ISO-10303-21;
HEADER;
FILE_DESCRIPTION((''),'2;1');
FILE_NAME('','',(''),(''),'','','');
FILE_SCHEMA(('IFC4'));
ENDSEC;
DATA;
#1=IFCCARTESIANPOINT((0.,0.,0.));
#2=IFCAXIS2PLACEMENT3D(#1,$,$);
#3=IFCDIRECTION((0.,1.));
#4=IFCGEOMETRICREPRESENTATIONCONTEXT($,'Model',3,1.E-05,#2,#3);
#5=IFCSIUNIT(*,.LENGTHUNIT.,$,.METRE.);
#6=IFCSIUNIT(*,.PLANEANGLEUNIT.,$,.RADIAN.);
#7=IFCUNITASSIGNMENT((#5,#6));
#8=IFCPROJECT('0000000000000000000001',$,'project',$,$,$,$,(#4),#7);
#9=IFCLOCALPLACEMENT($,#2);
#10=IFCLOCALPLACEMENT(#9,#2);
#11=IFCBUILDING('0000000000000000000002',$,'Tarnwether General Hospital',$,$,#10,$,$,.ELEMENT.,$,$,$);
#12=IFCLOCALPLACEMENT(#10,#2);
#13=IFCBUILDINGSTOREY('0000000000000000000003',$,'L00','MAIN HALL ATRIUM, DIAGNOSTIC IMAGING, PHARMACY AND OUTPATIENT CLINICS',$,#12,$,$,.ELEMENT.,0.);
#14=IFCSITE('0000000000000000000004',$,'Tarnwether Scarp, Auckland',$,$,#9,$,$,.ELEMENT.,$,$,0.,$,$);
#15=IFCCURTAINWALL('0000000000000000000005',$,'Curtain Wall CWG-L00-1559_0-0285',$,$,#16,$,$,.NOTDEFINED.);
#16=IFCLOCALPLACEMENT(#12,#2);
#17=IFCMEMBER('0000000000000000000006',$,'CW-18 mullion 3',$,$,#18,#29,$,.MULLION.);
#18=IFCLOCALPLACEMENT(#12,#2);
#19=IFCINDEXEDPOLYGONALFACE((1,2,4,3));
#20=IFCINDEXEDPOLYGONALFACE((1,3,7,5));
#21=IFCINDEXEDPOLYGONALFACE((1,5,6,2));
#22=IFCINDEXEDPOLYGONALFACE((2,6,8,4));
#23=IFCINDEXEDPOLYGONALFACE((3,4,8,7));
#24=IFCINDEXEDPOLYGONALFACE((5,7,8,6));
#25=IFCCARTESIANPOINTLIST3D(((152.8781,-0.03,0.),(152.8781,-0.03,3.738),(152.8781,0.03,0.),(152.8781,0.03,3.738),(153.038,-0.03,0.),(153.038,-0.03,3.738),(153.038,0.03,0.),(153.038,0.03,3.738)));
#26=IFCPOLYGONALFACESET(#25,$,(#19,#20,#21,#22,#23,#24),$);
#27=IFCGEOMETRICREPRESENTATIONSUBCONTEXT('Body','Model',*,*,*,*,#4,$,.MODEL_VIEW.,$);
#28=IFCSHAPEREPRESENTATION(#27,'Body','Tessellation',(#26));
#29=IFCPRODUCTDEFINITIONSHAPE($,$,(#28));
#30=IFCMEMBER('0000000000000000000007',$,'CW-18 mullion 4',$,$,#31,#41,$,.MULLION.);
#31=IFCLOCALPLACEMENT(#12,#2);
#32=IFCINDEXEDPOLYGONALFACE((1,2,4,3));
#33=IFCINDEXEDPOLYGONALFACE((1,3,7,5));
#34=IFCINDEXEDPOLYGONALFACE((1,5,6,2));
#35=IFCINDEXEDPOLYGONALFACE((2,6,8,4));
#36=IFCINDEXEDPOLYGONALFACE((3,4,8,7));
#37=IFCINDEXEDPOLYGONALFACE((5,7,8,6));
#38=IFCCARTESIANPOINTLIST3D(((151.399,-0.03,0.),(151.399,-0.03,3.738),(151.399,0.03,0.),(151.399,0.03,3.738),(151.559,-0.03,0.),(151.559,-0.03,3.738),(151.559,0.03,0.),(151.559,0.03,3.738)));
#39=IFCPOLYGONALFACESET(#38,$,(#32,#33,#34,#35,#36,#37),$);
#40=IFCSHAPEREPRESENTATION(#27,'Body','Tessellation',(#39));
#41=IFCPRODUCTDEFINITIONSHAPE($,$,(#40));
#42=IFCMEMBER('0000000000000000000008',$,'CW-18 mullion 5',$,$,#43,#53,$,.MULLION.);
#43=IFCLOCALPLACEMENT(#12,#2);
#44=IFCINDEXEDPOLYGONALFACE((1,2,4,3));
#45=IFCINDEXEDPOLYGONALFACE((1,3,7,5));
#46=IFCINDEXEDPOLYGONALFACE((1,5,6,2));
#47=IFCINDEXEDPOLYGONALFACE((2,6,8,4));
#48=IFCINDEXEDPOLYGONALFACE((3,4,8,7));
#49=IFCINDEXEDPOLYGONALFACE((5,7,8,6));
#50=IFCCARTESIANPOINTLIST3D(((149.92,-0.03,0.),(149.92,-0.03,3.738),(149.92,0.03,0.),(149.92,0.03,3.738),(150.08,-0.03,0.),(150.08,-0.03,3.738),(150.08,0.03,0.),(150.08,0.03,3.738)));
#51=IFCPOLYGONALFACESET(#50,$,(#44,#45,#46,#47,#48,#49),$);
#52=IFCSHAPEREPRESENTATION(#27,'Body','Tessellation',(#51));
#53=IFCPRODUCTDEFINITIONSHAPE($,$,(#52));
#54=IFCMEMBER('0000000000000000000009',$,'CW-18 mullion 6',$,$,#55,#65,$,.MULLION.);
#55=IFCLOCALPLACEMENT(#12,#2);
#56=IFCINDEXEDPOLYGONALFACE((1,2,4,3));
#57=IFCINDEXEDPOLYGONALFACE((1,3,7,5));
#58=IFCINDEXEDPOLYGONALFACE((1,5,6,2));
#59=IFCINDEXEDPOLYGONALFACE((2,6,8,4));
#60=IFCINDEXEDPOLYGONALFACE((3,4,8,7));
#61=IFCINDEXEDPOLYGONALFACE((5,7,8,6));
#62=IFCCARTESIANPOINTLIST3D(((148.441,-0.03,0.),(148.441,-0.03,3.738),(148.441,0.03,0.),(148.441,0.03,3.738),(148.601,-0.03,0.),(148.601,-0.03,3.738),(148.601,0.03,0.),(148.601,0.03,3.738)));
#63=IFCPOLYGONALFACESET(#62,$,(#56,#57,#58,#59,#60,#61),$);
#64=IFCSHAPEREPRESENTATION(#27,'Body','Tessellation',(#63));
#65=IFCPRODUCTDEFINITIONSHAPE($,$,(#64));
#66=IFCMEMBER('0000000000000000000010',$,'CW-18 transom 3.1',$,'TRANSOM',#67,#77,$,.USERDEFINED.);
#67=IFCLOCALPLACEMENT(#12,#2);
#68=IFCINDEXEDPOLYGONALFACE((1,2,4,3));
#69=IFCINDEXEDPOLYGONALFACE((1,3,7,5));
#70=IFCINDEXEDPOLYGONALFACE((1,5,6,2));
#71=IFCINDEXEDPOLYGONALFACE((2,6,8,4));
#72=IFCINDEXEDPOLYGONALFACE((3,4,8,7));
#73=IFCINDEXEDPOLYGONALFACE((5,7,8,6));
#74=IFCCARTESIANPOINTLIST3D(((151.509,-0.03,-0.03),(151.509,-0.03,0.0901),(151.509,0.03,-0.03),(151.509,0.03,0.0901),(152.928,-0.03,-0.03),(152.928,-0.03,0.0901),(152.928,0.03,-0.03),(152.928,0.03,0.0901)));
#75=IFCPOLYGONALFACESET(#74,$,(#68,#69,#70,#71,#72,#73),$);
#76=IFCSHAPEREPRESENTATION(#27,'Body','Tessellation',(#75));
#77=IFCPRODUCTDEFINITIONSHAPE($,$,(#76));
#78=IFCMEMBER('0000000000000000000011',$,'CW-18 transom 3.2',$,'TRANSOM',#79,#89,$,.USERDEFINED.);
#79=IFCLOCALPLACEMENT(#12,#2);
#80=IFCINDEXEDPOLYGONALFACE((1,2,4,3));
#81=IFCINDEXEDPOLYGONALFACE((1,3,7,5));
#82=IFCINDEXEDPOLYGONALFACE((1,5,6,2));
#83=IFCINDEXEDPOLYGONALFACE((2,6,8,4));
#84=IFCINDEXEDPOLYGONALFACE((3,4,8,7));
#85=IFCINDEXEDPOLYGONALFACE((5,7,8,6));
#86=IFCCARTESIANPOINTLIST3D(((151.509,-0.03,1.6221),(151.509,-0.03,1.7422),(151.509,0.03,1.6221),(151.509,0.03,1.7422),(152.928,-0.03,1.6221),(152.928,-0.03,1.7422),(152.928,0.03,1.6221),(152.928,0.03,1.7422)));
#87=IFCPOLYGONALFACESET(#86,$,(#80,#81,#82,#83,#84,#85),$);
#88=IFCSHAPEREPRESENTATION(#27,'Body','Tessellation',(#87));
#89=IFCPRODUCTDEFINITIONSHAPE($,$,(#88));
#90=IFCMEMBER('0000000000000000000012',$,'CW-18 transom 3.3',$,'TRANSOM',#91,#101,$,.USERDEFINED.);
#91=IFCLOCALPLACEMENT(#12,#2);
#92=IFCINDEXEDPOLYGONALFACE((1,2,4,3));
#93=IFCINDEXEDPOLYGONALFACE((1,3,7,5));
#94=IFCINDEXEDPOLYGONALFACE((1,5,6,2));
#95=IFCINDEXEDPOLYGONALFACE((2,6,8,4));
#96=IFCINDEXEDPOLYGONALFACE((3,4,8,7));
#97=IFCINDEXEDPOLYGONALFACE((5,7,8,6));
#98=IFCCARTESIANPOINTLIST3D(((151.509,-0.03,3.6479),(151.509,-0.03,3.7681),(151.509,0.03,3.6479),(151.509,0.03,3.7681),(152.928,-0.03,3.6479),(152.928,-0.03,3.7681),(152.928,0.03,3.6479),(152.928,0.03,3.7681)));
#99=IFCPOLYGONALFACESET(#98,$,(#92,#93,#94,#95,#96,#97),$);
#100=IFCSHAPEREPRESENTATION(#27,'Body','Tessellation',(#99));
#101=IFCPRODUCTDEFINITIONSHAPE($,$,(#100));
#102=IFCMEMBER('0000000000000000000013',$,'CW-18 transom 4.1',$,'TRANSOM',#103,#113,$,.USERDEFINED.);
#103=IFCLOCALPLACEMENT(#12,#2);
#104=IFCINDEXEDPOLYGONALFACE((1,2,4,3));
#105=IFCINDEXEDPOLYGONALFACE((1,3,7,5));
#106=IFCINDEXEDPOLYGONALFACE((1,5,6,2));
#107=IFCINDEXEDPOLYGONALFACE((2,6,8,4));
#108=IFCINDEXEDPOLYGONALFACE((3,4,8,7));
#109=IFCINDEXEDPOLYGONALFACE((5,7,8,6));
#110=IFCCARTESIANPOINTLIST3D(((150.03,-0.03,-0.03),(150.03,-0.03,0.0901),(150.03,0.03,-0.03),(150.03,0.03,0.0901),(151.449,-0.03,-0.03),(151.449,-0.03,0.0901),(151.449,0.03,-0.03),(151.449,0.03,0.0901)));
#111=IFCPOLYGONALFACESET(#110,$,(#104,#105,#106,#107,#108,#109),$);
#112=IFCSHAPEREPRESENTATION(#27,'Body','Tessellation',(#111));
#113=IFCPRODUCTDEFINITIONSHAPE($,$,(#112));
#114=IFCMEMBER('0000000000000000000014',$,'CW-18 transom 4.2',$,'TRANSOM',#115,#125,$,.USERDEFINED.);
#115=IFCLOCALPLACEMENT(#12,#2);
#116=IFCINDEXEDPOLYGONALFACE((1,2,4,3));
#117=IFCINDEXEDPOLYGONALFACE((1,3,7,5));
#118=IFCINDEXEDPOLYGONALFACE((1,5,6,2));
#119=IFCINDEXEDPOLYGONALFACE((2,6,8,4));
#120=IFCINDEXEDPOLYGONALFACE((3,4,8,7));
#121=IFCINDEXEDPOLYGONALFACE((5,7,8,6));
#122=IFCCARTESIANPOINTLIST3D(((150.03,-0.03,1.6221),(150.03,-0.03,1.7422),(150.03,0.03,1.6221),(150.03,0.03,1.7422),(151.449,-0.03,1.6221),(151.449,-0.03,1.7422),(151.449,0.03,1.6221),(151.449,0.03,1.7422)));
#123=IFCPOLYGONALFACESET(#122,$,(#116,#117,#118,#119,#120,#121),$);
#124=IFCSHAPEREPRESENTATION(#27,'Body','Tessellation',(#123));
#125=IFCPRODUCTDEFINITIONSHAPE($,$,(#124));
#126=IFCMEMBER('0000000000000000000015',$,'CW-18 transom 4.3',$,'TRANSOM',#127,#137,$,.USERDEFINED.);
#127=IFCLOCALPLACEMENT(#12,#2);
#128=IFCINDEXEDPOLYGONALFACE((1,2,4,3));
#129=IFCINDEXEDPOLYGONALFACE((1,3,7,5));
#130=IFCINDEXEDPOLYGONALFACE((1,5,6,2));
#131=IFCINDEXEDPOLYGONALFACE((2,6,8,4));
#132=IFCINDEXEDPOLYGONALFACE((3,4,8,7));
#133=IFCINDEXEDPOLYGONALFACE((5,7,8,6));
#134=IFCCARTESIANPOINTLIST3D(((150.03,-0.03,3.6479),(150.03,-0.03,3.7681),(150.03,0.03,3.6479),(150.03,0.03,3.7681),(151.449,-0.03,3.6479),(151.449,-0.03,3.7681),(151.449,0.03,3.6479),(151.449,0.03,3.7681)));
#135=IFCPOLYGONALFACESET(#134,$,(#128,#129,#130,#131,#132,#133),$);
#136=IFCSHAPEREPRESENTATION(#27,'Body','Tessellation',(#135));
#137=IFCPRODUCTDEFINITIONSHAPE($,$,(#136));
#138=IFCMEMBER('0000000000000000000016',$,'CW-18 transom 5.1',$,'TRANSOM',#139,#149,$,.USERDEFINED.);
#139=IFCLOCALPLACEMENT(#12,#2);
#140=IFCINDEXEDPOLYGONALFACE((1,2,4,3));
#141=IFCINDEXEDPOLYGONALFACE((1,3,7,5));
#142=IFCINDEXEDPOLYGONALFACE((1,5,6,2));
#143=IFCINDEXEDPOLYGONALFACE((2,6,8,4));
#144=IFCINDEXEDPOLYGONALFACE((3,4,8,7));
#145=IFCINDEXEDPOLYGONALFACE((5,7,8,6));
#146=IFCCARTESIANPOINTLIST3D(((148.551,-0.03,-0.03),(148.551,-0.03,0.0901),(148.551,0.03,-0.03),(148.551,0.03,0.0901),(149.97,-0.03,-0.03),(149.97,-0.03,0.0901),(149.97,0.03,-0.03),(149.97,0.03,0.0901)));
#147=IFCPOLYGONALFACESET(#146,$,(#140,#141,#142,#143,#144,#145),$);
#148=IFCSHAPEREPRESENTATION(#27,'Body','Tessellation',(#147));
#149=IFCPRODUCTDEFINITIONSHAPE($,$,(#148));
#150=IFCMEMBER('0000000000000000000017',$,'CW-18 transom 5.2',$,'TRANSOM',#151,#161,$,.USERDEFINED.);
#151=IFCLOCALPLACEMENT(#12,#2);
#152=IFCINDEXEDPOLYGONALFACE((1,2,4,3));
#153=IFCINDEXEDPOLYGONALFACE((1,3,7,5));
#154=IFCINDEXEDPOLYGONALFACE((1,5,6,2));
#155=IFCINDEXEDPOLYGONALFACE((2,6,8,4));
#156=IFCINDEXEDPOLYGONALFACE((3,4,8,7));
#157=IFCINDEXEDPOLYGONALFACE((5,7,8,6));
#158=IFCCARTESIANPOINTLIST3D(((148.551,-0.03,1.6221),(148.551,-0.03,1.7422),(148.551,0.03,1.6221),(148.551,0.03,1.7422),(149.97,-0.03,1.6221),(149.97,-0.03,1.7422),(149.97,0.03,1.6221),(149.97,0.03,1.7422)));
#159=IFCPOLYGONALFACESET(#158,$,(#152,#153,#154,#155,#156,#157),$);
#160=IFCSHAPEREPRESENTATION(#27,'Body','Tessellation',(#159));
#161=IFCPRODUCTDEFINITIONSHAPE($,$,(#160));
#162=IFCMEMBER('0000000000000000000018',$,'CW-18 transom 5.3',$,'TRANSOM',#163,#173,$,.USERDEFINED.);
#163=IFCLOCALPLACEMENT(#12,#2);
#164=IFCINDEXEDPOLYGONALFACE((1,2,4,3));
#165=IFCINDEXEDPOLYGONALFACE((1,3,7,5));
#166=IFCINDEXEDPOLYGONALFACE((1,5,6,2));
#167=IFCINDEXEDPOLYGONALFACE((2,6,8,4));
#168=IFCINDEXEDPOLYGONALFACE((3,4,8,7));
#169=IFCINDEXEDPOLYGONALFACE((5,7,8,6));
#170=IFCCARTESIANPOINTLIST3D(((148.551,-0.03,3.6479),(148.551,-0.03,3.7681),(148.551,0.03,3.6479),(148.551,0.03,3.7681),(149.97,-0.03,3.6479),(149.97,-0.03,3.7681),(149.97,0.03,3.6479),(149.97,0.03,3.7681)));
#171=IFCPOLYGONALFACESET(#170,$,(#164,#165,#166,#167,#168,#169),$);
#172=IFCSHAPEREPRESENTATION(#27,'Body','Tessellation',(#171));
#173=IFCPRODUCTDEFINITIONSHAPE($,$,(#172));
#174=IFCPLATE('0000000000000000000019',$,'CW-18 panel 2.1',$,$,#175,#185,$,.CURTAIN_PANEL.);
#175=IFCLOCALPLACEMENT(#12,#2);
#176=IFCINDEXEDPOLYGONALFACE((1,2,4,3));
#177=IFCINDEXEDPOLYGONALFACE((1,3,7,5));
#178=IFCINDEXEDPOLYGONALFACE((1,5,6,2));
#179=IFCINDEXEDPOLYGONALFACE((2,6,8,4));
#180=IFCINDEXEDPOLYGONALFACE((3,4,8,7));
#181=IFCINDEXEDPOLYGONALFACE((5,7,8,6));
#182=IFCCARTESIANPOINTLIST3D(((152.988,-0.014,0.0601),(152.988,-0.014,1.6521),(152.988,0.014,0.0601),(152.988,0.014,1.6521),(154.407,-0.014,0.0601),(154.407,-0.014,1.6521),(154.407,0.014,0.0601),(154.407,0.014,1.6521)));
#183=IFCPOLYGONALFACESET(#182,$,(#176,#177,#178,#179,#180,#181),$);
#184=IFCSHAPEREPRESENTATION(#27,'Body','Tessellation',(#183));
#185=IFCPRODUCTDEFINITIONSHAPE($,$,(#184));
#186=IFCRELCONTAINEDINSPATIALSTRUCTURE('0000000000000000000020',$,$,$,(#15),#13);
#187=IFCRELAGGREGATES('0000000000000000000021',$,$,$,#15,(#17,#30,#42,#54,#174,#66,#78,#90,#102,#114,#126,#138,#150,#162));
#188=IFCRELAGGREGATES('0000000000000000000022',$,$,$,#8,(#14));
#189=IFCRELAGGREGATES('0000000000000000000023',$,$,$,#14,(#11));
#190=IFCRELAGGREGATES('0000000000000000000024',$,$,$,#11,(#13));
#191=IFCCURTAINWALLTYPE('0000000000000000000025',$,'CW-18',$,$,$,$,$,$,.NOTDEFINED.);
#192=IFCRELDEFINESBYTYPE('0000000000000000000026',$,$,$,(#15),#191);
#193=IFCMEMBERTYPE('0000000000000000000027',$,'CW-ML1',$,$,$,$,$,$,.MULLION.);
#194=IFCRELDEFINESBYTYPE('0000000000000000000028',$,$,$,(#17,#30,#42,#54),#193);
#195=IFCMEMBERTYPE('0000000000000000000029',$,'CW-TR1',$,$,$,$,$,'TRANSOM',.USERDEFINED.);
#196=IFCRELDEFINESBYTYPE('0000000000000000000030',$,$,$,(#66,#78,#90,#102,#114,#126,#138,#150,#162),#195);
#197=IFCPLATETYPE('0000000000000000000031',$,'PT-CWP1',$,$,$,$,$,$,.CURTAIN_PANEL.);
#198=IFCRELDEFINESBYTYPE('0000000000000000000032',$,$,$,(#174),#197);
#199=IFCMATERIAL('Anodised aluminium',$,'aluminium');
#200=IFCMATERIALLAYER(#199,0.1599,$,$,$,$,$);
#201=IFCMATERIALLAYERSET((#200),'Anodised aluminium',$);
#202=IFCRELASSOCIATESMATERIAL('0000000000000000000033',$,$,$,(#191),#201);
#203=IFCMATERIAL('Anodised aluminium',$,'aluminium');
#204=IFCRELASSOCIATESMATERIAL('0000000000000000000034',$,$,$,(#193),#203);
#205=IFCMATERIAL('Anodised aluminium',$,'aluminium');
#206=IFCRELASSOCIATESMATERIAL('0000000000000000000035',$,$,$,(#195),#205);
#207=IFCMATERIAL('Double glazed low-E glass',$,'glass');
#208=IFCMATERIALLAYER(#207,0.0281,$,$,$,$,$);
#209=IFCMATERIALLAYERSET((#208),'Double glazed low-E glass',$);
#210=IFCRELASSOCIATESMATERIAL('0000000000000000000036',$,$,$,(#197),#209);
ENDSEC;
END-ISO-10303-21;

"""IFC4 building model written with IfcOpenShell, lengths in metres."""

from ifc_helpers import new_model, si_unit, direction, frame, origin, origin_2d, place, context, subcontext, project, spatial, rectangle, extrude, material, layer, layer_set, material_profile, profile_set, type_object, element, aggregate, save


model = new_model("IFC4")

# Units and contexts
model_context = context("Model", 3, precision=1e-05, world=origin(), true_north=direction((0.0, 1.0)))
body_context = subcontext(model_context, "Body", "Model", "MODEL_VIEW")
ifc_project = project(units=[si_unit("LENGTHUNIT", "METRE"), si_unit("PLANEANGLEUNIT", "RADIAN")], contexts=[model_context])

# Site, building, storey
site_placement = place(None, origin())
site = spatial("IfcSite", under=ifc_project, at=site_placement, Name="Tarnwether Scarp, Auckland", CompositionType="ELEMENT", RefElevation=0.0)
building_placement = place(site_placement, origin())
building = spatial("IfcBuilding", under=site, at=building_placement, Name="Tarnwether General Hospital", CompositionType="ELEMENT")
storey_placement = place(building_placement, origin())
storey = spatial("IfcBuildingStorey", under=building, at=storey_placement, Name="L00", Description="MAIN HALL ATRIUM, DIAGNOSTIC IMAGING, PHARMACY AND OUTPATIENT CLINICS", CompositionType="ELEMENT", Elevation=0.0)

# Curtain wall, members, plate
ifc_material_1 = material(Name="Anodised aluminium", Category="aluminium")
ifc_layer_1 = layer(ifc_material_1, 0.1599)
ifc_layer_set_1 = layer_set([ifc_layer_1], Name="Anodised aluminium")
curtain_wall_type = type_object("IfcCurtainWallType", Name="CW-18", PredefinedType="NOTDEFINED", material=ifc_layer_set_1)
curtain_wall_placement = place(storey_placement, origin())
curtain_wall = element("IfcCurtainWall", 1, at=curtain_wall_placement, inside=storey, type_object=curtain_wall_type, Name="Curtain Wall CWG-L00-1559_0-0285", PredefinedType="NOTDEFINED")
ifc_material_2 = material(Name="Anodised aluminium", Category="aluminium")
ifc_material_profile_1 = material_profile(ifc_material_2, rectangle(XDim=0.0601, YDim=0.1599, at=origin_2d()), Name="ALU-MUL-60x160")
ifc_profile_set_1 = profile_set([ifc_material_profile_1], Name="Anodised aluminium")
member_type_1 = type_object("IfcMemberType", Name="CW-ML1", PredefinedType="MULLION", material=ifc_profile_set_1)
member_1_placement = place(storey_placement, frame((152.958, 0.0, 0.0), z_axis=(0.0, 0.0, 1.0), x_axis=(0.0, -1.0, 0.0)))
member_1 = element("IfcMember", 2, at=member_1_placement, type_object=member_type_1, Name="CW-18 mullion 3", PredefinedType="MULLION", context=body_context, shape_type="SweptSolid", body=[
    extrude(rectangle(XDim=0.0601, YDim=0.1599, at=origin_2d()), origin(), (0.0, 0.0, 1.0), 3.738),
])
member_2_placement = place(storey_placement, frame((151.479, 0.0, 0.0), z_axis=(0.0, 0.0, 1.0), x_axis=(0.0, -1.0, 0.0)))
member_2 = element("IfcMember", 3, at=member_2_placement, type_object=member_type_1, Name="CW-18 mullion 4", PredefinedType="MULLION", context=body_context, shape_type="SweptSolid", body=[
    extrude(rectangle(XDim=0.0601, YDim=0.1599, at=origin_2d()), origin(), (0.0, 0.0, 1.0), 3.738),
])
member_3_placement = place(storey_placement, frame((150.0, 0.0, 0.0), z_axis=(0.0, 0.0, 1.0), x_axis=(0.0, -1.0, 0.0)))
member_3 = element("IfcMember", 4, at=member_3_placement, type_object=member_type_1, Name="CW-18 mullion 5", PredefinedType="MULLION", context=body_context, shape_type="SweptSolid", body=[
    extrude(rectangle(XDim=0.0601, YDim=0.1599, at=origin_2d()), origin(), (0.0, 0.0, 1.0), 3.738),
])
member_4_placement = place(storey_placement, frame((148.521, 0.0, 0.0), z_axis=(0.0, 0.0, 1.0), x_axis=(0.0, -1.0, 0.0)))
member_4 = element("IfcMember", 5, at=member_4_placement, type_object=member_type_1, Name="CW-18 mullion 6", PredefinedType="MULLION", context=body_context, shape_type="SweptSolid", body=[
    extrude(rectangle(XDim=0.0601, YDim=0.1599, at=origin_2d()), origin(), (0.0, 0.0, 1.0), 3.738),
])
ifc_material_3 = material(Name="Anodised aluminium", Category="aluminium")
ifc_material_profile_2 = material_profile(ifc_material_3, rectangle(XDim=0.0601, YDim=0.1201, at=origin_2d()), Name="ALU-TRN-60x120")
ifc_profile_set_2 = profile_set([ifc_material_profile_2], Name="Anodised aluminium")
member_type_2 = type_object("IfcMemberType", Name="CW-TR1", ElementType="TRANSOM", PredefinedType="USERDEFINED", material=ifc_profile_set_2)
member_5_placement = place(storey_placement, frame((152.928, 0.0, 0.03), z_axis=(-1.0, 0.0, 0.0), x_axis=(0.0, -1.0, 0.0)))
member_5 = element("IfcMember", 6, at=member_5_placement, type_object=member_type_2, Name="CW-18 transom 3.1", ObjectType="TRANSOM", PredefinedType="USERDEFINED", context=body_context, shape_type="SweptSolid", body=[
    extrude(rectangle(XDim=0.0601, YDim=0.1201, at=origin_2d()), origin(), (0.0, 0.0, 1.0), 1.4189),
])
member_6_placement = place(storey_placement, frame((152.928, 0.0, 1.6821), z_axis=(-1.0, 0.0, 0.0), x_axis=(0.0, -1.0, 0.0)))
member_6 = element("IfcMember", 7, at=member_6_placement, type_object=member_type_2, Name="CW-18 transom 3.2", ObjectType="TRANSOM", PredefinedType="USERDEFINED", context=body_context, shape_type="SweptSolid", body=[
    extrude(rectangle(XDim=0.0601, YDim=0.1201, at=origin_2d()), origin(), (0.0, 0.0, 1.0), 1.4189),
])
member_7_placement = place(storey_placement, frame((152.928, 0.0, 3.708), z_axis=(-1.0, 0.0, 0.0), x_axis=(0.0, -1.0, 0.0)))
member_7 = element("IfcMember", 8, at=member_7_placement, type_object=member_type_2, Name="CW-18 transom 3.3", ObjectType="TRANSOM", PredefinedType="USERDEFINED", context=body_context, shape_type="SweptSolid", body=[
    extrude(rectangle(XDim=0.0601, YDim=0.1201, at=origin_2d()), origin(), (0.0, 0.0, 1.0), 1.4189),
])
member_8_placement = place(storey_placement, frame((151.449, 0.0, 0.03), z_axis=(-1.0, 0.0, 0.0), x_axis=(0.0, -1.0, 0.0)))
member_8 = element("IfcMember", 9, at=member_8_placement, type_object=member_type_2, Name="CW-18 transom 4.1", ObjectType="TRANSOM", PredefinedType="USERDEFINED", context=body_context, shape_type="SweptSolid", body=[
    extrude(rectangle(XDim=0.0601, YDim=0.1201, at=origin_2d()), origin(), (0.0, 0.0, 1.0), 1.4189),
])
member_9_placement = place(storey_placement, frame((151.449, 0.0, 1.6821), z_axis=(-1.0, 0.0, 0.0), x_axis=(0.0, -1.0, 0.0)))
member_9 = element("IfcMember", 10, at=member_9_placement, type_object=member_type_2, Name="CW-18 transom 4.2", ObjectType="TRANSOM", PredefinedType="USERDEFINED", context=body_context, shape_type="SweptSolid", body=[
    extrude(rectangle(XDim=0.0601, YDim=0.1201, at=origin_2d()), origin(), (0.0, 0.0, 1.0), 1.4189),
])
member_10_placement = place(storey_placement, frame((151.449, 0.0, 3.708), z_axis=(-1.0, 0.0, 0.0), x_axis=(0.0, -1.0, 0.0)))
member_10 = element("IfcMember", 11, at=member_10_placement, type_object=member_type_2, Name="CW-18 transom 4.3", ObjectType="TRANSOM", PredefinedType="USERDEFINED", context=body_context, shape_type="SweptSolid", body=[
    extrude(rectangle(XDim=0.0601, YDim=0.1201, at=origin_2d()), origin(), (0.0, 0.0, 1.0), 1.4189),
])
member_11_placement = place(storey_placement, frame((149.97, 0.0, 0.03), z_axis=(-1.0, 0.0, 0.0), x_axis=(0.0, -1.0, 0.0)))
member_11 = element("IfcMember", 12, at=member_11_placement, type_object=member_type_2, Name="CW-18 transom 5.1", ObjectType="TRANSOM", PredefinedType="USERDEFINED", context=body_context, shape_type="SweptSolid", body=[
    extrude(rectangle(XDim=0.0601, YDim=0.1201, at=origin_2d()), origin(), (0.0, 0.0, 1.0), 1.4189),
])
member_12_placement = place(storey_placement, frame((149.97, 0.0, 1.6821), z_axis=(-1.0, 0.0, 0.0), x_axis=(0.0, -1.0, 0.0)))
member_12 = element("IfcMember", 13, at=member_12_placement, type_object=member_type_2, Name="CW-18 transom 5.2", ObjectType="TRANSOM", PredefinedType="USERDEFINED", context=body_context, shape_type="SweptSolid", body=[
    extrude(rectangle(XDim=0.0601, YDim=0.1201, at=origin_2d()), origin(), (0.0, 0.0, 1.0), 1.4189),
])
member_13_placement = place(storey_placement, frame((149.97, 0.0, 3.708), z_axis=(-1.0, 0.0, 0.0), x_axis=(0.0, -1.0, 0.0)))
member_13 = element("IfcMember", 14, at=member_13_placement, type_object=member_type_2, Name="CW-18 transom 5.3", ObjectType="TRANSOM", PredefinedType="USERDEFINED", context=body_context, shape_type="SweptSolid", body=[
    extrude(rectangle(XDim=0.0601, YDim=0.1201, at=origin_2d()), origin(), (0.0, 0.0, 1.0), 1.4189),
])
ifc_material_4 = material(Name="Double glazed low-E glass", Category="glass")
ifc_layer_2 = layer(ifc_material_4, 0.0281)
ifc_layer_set_2 = layer_set([ifc_layer_2], Name="Double glazed low-E glass")
plate_type = type_object("IfcPlateType", Name="PT-CWP1", PredefinedType="CURTAIN_PANEL", material=ifc_layer_set_2)
plate_1_placement = place(storey_placement, frame((153.6975, 0.0, 0.0601), z_axis=(0.0, 0.0, 1.0), x_axis=(-1.0, 0.0, 0.0)))
plate_1 = element("IfcPlate", 15, at=plate_1_placement, type_object=plate_type, Name="CW-18 panel 2.1", PredefinedType="CURTAIN_PANEL", context=body_context, shape_type="SweptSolid", body=[
    extrude(rectangle(XDim=1.4189, YDim=0.0281, at=origin_2d()), origin(), (0.0, 0.0, 1.0), 1.592),
])
aggregate(curtain_wall, [member_1, member_2, member_3, member_4, plate_1, member_5, member_6, member_7, member_8, member_9, member_10, member_11, member_12, member_13])

save(model, "model.ifc")
